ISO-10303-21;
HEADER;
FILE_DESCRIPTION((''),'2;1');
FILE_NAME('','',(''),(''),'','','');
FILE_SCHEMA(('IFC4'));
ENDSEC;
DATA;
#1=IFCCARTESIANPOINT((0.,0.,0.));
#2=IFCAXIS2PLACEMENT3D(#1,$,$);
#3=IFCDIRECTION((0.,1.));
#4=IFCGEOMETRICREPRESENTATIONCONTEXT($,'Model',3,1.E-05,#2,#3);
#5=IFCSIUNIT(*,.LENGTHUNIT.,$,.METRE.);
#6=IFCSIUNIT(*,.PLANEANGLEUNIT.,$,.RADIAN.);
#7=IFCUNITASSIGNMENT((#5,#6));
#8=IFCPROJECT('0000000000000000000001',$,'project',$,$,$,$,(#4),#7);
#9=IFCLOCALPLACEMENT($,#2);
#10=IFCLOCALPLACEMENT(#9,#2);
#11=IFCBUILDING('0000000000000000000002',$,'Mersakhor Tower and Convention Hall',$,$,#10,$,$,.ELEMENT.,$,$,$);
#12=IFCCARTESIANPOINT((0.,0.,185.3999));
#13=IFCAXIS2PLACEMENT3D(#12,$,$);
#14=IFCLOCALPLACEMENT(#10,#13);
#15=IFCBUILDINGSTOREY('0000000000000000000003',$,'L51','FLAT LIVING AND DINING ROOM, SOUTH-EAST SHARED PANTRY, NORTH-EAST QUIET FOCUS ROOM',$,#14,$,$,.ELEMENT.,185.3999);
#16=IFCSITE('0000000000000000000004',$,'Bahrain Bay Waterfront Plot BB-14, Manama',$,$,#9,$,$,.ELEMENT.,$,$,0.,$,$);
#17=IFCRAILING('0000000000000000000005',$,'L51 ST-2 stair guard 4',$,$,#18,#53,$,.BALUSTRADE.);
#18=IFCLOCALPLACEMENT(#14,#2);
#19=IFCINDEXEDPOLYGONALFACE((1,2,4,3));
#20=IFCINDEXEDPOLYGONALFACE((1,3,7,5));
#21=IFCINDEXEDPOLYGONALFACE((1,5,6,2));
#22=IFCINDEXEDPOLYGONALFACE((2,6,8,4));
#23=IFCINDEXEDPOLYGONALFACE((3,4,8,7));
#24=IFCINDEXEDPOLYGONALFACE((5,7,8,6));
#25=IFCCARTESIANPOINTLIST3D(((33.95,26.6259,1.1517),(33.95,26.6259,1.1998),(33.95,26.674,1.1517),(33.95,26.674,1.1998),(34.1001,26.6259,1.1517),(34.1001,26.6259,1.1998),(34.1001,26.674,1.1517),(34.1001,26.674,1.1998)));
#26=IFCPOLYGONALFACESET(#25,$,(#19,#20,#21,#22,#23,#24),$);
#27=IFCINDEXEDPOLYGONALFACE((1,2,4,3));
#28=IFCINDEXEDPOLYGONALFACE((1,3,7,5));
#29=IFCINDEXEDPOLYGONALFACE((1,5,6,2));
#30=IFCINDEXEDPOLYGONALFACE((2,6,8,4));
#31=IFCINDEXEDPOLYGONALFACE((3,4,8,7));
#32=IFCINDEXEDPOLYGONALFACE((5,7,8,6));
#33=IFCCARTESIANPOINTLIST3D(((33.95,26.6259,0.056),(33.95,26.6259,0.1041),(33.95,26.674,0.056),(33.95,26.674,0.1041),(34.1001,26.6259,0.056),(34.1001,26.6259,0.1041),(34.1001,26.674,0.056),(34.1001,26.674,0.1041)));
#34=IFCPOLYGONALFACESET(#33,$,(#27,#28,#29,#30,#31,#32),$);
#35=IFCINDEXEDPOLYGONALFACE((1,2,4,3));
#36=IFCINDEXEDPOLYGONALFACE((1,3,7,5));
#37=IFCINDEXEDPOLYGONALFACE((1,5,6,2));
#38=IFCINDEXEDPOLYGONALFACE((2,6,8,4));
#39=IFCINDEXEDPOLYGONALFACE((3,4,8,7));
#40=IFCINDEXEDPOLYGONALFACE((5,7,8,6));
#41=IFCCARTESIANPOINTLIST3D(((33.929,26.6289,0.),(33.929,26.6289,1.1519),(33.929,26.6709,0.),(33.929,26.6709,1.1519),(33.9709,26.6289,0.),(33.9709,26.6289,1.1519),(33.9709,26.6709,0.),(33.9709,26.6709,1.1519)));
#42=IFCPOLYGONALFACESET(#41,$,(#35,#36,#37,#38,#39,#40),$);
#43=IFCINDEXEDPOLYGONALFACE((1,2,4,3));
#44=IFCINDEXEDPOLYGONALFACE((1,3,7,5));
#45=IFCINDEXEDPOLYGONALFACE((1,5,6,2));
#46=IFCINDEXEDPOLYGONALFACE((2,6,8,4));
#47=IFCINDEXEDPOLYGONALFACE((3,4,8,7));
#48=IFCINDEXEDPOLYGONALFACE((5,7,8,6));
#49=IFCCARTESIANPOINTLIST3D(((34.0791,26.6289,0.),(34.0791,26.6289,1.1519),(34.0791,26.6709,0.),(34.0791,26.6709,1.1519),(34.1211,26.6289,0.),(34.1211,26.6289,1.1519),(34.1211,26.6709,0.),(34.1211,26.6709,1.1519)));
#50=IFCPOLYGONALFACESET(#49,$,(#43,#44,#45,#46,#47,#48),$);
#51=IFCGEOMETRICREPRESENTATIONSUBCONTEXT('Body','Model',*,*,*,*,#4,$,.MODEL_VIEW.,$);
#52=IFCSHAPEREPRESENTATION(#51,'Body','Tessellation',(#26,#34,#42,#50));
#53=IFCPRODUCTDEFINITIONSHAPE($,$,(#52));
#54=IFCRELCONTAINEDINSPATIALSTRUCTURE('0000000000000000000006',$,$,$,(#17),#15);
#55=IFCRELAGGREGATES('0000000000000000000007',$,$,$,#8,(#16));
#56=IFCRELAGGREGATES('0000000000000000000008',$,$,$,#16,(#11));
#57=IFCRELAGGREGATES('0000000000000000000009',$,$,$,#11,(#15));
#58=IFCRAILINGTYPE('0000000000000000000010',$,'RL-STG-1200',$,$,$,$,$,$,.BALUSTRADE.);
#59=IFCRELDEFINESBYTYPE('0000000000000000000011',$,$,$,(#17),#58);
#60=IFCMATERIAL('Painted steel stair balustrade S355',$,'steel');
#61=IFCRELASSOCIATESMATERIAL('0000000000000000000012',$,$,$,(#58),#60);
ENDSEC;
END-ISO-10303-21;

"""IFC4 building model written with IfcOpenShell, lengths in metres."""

from ifc_helpers import new_model, si_unit, direction, frame, origin, origin_2d, place, context, subcontext, project, spatial, rectangle, extrude, material, type_object, element, save


model = new_model("IFC4")

# Units and contexts
model_context = context("Model", 3, precision=1e-05, world=origin(), true_north=direction((0.0, 1.0)))
body_context = subcontext(model_context, "Body", "Model", "MODEL_VIEW")
ifc_project = project(units=[si_unit("LENGTHUNIT", "METRE"), si_unit("PLANEANGLEUNIT", "RADIAN")], contexts=[model_context])

# Site, building, storey
site_placement = place(None, origin())
site = spatial("IfcSite", under=ifc_project, at=site_placement, Name="Bahrain Bay Waterfront Plot BB-14, Manama", CompositionType="ELEMENT", RefElevation=0.0)
building_placement = place(site_placement, origin())
building = spatial("IfcBuilding", under=site, at=building_placement, Name="Mersakhor Tower and Convention Hall", CompositionType="ELEMENT")
storey_placement = place(building_placement, frame((0.0, 0.0, 185.3999)))
storey = spatial("IfcBuildingStorey", under=building, at=storey_placement, Name="L51", Description="FLAT LIVING AND DINING ROOM, SOUTH-EAST SHARED PANTRY, NORTH-EAST QUIET FOCUS ROOM", CompositionType="ELEMENT", Elevation=185.3999)

# Railing
ifc_material_1 = material(Name="Painted steel stair balustrade S355", Category="steel")
railing_type_1 = type_object("IfcRailingType", Name="RL-STG-1200", PredefinedType="BALUSTRADE", material=ifc_material_1)
railing_1_placement = place(storey_placement, frame((33.95, 26.6499, 0.0)))
element("IfcRailing", 1, at=railing_1_placement, inside=storey, type_object=railing_type_1, Name="L51 ST-2 stair guard 4", PredefinedType="BALUSTRADE", context=body_context, shape_type="SweptSolid", body=[
    extrude(rectangle(XDim=0.0481, YDim=0.0481, at=origin_2d()), frame((0.0, 0.0, 1.1758), z_axis=(1.0, 0.0, 0.0), x_axis=(0.0, 1.0, 0.0)), (0.0, 0.0, 1.0), 0.1501),
    extrude(rectangle(XDim=0.0481, YDim=0.0481, at=origin_2d()), frame((0.0, 0.0, 0.0801), z_axis=(1.0, 0.0, 0.0), x_axis=(0.0, 1.0, 0.0)), (0.0, 0.0, 1.0), 0.1501),
    extrude(rectangle(XDim=0.042, YDim=0.042, at=origin_2d()), origin(), (0.0, 0.0, 1.0), 1.1519),
    extrude(rectangle(XDim=0.042, YDim=0.042, at=origin_2d()), frame((0.1501, 0.0, 0.0)), (0.0, 0.0, 1.0), 1.1519),
])

save(model, "model.ifc")
